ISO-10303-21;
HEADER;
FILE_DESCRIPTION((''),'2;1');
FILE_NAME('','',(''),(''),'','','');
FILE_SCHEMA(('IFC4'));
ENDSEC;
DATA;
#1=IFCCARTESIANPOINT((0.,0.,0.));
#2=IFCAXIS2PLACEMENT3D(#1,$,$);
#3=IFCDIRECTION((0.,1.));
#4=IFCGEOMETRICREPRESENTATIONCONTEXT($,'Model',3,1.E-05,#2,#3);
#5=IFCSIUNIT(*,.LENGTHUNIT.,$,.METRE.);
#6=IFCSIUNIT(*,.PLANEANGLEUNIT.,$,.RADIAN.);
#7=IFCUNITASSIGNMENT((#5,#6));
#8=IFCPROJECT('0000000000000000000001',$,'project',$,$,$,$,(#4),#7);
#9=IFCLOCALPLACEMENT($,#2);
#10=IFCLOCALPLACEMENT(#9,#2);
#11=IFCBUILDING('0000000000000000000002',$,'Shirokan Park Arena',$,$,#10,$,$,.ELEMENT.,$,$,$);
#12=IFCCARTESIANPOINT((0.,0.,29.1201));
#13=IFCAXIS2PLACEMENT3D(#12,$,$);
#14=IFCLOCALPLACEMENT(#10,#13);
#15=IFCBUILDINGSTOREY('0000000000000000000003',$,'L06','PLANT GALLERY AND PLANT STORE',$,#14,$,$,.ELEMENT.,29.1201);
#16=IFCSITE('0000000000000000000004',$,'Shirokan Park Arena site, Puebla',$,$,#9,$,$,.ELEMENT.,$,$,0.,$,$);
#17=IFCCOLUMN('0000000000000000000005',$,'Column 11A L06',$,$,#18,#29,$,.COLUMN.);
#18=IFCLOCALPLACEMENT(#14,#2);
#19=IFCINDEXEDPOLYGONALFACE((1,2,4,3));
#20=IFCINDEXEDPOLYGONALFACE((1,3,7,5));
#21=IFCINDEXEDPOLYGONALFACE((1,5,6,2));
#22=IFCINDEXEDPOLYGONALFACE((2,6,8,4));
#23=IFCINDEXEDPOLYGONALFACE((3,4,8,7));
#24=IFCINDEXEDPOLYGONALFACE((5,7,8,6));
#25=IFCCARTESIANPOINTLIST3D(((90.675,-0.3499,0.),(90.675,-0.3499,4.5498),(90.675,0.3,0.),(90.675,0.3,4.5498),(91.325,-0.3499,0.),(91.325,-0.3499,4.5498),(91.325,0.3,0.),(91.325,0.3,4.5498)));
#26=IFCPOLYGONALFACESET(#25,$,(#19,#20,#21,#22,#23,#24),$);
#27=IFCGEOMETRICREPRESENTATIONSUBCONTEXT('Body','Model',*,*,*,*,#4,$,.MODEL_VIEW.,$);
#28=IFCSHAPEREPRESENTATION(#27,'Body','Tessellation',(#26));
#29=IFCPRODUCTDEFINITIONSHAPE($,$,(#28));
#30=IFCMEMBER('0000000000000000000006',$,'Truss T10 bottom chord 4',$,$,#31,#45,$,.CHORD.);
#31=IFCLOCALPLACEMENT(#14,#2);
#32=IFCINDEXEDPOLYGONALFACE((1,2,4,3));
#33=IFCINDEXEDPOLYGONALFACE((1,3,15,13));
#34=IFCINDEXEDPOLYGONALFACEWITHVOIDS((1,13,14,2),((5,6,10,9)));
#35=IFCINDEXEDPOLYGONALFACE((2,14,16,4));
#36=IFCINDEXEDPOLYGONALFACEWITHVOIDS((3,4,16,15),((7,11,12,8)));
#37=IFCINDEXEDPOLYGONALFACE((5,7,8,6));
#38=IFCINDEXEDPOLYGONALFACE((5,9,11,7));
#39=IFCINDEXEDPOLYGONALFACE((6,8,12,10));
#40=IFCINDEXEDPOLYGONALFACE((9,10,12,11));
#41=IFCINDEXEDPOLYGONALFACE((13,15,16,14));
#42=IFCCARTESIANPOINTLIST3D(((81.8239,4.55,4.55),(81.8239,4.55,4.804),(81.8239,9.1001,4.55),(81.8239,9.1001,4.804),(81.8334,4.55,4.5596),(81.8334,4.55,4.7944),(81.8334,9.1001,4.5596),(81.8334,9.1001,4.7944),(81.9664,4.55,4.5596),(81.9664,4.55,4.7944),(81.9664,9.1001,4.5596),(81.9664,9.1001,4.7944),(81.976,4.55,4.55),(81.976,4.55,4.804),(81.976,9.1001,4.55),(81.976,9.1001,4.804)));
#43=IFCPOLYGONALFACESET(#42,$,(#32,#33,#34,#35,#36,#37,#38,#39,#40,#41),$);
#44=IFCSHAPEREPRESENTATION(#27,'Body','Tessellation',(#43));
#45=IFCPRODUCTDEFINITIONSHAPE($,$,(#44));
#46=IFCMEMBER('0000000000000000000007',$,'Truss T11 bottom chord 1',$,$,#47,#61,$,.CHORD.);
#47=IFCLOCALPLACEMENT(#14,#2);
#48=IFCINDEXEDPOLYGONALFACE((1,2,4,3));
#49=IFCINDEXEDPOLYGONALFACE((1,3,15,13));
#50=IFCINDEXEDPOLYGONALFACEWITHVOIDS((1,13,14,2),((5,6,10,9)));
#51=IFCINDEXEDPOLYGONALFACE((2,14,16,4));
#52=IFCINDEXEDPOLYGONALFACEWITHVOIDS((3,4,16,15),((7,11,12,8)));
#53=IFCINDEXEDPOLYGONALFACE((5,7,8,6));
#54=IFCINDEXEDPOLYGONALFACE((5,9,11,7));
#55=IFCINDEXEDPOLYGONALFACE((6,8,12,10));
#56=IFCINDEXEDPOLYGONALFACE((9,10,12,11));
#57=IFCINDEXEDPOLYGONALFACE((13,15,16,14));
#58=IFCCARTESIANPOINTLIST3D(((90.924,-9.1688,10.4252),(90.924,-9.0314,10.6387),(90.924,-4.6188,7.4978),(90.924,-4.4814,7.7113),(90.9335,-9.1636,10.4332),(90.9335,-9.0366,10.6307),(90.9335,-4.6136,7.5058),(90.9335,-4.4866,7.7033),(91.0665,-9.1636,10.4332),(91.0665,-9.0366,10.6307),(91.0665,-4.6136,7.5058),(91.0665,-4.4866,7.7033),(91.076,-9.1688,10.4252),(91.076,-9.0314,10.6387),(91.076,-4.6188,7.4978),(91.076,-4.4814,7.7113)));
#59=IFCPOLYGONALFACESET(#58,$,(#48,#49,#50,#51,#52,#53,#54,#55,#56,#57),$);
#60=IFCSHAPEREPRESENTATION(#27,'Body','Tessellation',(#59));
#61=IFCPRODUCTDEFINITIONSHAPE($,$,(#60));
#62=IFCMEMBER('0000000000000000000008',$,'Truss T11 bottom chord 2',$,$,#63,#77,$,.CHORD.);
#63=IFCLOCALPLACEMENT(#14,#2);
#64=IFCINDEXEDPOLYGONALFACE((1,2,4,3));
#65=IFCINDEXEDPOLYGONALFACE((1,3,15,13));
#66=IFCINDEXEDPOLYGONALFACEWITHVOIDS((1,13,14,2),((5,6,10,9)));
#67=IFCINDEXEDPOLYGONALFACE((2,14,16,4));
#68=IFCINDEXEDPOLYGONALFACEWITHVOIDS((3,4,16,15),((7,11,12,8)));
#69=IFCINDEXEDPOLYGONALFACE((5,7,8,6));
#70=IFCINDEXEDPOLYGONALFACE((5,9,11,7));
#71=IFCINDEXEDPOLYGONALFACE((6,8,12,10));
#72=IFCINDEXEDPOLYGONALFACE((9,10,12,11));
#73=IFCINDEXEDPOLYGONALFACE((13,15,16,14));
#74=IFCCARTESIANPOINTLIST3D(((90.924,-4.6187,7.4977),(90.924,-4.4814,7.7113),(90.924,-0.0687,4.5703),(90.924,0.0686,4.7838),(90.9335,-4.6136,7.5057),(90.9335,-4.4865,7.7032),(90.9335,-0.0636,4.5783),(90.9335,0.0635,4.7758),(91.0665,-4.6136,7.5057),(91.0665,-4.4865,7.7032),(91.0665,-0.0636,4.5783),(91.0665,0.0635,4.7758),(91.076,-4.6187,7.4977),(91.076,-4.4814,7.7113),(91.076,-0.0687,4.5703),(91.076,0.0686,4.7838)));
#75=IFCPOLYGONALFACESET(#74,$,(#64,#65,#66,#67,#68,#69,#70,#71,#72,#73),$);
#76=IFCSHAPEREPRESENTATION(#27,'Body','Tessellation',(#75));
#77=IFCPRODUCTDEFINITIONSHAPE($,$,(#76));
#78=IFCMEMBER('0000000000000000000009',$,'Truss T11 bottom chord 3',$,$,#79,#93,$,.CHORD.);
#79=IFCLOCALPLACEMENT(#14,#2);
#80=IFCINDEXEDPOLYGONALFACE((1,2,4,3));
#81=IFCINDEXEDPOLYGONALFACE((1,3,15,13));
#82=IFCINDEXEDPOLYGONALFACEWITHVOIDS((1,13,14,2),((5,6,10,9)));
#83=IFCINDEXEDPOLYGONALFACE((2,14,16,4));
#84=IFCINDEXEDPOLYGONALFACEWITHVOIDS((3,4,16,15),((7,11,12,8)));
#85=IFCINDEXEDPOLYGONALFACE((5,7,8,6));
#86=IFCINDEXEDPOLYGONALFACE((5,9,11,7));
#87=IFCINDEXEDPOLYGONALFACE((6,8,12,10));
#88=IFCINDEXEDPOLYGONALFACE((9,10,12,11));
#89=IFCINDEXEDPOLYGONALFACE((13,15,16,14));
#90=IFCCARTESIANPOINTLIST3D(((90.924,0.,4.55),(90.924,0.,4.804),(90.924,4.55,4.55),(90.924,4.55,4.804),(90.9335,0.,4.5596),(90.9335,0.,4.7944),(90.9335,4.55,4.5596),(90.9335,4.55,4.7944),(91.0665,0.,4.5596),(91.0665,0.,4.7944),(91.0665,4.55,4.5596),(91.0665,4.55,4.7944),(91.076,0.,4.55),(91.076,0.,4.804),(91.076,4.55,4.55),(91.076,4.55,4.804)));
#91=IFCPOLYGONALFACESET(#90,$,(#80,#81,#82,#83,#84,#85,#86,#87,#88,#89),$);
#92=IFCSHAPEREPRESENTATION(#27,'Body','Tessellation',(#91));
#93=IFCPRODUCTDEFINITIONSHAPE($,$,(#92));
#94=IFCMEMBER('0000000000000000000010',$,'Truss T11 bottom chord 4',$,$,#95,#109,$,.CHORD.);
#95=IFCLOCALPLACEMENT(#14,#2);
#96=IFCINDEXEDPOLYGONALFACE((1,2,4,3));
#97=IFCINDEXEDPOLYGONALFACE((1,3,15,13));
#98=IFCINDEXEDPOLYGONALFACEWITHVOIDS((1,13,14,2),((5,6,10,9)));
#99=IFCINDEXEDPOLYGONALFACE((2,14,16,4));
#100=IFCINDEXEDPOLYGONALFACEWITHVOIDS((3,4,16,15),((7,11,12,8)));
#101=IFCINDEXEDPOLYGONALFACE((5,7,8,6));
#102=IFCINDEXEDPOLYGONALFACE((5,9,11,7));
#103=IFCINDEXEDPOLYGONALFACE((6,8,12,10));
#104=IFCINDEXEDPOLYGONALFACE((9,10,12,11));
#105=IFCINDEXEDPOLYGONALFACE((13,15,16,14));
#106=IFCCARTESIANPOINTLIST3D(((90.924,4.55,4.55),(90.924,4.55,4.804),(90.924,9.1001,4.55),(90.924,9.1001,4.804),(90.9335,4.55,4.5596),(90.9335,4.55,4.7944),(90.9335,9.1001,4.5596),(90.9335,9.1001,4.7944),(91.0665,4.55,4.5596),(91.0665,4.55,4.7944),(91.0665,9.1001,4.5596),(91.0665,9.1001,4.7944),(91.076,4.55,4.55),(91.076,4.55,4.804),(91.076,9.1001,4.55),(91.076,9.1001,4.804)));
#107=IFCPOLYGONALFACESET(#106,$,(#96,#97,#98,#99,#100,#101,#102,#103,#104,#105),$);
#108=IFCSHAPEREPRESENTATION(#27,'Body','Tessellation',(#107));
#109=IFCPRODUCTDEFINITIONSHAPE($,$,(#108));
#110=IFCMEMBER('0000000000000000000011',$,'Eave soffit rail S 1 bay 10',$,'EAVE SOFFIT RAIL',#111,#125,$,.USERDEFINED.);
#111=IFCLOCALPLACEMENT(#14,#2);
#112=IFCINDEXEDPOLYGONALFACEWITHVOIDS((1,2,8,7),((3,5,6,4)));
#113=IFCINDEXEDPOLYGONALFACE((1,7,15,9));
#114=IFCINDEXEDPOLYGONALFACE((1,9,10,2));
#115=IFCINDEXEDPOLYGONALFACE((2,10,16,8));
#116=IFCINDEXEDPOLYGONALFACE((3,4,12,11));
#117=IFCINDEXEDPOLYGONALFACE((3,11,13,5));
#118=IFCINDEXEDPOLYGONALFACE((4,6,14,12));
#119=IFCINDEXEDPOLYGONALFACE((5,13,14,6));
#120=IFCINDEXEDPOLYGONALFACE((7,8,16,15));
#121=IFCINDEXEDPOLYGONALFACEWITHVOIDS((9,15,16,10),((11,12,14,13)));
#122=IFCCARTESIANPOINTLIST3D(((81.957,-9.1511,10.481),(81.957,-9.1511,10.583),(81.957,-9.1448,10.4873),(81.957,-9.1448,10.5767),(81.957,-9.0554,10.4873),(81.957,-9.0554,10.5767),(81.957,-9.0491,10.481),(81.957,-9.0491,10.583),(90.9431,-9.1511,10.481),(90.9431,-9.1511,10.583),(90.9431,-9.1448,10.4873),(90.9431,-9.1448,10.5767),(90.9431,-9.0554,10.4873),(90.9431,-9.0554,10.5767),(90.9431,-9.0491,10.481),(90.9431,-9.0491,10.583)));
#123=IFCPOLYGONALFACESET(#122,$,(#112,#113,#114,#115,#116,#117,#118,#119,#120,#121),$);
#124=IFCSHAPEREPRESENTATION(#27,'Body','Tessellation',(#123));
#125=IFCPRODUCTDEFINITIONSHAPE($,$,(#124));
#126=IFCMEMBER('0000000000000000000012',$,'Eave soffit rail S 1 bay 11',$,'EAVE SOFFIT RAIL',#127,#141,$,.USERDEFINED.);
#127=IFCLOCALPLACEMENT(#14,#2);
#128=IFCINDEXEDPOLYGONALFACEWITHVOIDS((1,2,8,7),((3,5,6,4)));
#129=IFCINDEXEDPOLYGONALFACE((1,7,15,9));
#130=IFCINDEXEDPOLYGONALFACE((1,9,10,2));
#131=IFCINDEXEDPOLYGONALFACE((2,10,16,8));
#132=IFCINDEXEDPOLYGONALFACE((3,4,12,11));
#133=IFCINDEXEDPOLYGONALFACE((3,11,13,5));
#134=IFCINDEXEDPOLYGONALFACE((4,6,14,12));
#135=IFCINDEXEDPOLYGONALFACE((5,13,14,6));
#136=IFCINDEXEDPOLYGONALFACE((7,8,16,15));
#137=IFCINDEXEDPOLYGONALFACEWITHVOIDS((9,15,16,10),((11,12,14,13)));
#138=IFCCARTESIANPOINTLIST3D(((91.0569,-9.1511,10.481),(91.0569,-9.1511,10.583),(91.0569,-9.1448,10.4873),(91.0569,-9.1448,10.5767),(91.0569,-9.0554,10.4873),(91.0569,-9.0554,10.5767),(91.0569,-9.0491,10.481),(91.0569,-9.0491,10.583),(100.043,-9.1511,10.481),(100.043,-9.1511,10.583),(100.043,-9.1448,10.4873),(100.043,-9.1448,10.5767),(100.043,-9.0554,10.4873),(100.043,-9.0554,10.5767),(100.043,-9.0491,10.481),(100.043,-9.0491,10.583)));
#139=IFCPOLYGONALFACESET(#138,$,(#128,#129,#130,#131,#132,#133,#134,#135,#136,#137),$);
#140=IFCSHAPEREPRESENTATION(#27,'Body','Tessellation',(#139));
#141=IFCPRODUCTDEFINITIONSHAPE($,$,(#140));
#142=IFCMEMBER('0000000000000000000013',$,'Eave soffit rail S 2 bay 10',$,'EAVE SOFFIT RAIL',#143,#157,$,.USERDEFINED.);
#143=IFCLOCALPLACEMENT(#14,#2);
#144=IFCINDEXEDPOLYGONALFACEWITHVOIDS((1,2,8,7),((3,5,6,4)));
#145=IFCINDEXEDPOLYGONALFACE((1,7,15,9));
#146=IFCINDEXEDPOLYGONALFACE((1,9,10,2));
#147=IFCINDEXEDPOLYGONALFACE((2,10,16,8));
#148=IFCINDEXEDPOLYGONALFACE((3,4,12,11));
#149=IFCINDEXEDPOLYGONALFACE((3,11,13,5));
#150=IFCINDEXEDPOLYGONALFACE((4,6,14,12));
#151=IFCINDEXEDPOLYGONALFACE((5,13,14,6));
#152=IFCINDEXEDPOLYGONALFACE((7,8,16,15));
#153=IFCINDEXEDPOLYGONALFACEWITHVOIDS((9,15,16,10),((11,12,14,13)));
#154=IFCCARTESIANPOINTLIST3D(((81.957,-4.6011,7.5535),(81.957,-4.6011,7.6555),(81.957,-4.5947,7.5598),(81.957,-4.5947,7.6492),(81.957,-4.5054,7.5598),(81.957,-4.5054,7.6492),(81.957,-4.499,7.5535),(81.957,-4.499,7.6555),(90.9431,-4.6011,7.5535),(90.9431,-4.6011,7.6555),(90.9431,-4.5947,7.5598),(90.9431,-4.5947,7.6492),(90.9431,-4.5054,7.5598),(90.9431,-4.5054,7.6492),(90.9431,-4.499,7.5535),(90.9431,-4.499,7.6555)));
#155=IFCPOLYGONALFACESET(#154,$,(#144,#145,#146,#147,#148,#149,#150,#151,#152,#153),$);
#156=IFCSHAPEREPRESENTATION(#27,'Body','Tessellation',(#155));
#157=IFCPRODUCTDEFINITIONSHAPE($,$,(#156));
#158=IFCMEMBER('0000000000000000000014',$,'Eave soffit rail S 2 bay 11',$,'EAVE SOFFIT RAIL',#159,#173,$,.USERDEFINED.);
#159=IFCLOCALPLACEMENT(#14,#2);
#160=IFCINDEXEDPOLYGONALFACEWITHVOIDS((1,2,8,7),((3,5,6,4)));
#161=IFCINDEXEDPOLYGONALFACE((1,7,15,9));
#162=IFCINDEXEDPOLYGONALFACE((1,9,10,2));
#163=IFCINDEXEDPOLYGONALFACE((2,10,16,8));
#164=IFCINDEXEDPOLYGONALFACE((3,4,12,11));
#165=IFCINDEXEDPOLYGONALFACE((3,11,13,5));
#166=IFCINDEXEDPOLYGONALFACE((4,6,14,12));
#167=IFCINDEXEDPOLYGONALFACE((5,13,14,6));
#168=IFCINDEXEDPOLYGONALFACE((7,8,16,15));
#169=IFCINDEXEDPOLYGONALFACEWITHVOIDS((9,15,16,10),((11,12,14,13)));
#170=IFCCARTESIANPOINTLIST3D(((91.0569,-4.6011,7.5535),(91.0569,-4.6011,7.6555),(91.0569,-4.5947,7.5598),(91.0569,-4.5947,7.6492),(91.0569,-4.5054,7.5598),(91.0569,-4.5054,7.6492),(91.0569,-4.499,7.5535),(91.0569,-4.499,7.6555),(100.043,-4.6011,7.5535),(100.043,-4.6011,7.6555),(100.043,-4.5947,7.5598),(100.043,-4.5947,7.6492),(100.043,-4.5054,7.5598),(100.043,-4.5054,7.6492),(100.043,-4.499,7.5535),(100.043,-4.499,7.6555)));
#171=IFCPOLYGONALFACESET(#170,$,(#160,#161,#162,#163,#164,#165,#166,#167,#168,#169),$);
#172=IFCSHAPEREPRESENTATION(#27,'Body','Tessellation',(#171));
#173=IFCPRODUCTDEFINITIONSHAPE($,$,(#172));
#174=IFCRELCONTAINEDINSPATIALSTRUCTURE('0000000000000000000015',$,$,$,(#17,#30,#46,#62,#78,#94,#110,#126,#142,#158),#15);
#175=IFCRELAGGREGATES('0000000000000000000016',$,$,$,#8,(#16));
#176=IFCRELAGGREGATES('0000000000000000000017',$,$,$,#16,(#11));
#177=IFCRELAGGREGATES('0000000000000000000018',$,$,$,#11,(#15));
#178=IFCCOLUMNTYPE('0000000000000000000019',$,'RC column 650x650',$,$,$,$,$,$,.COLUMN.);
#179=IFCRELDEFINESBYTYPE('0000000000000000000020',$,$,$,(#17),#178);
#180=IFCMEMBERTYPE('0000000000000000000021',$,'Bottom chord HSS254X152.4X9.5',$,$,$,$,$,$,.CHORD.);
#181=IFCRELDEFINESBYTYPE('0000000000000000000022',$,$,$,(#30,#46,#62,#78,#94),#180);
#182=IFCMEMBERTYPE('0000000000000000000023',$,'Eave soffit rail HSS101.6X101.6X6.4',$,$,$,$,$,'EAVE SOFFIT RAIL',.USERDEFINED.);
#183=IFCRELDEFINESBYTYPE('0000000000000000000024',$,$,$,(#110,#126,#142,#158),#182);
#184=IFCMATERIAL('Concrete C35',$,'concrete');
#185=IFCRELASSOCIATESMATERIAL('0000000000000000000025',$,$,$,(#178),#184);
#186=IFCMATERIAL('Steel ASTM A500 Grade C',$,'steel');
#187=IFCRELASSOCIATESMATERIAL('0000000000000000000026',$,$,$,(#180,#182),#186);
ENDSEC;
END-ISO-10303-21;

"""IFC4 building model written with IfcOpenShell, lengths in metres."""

from ifc_helpers import new_model, si_unit, direction, frame, origin, origin_2d, place, context, subcontext, project, spatial, rectangle, hollow_rectangle, extrude, material, material_profile, profile_set, type_object, element, save


model = new_model("IFC4")

# Units and contexts
model_context = context("Model", 3, precision=1e-05, world=origin(), true_north=direction((0.0, 1.0)))
body_context = subcontext(model_context, "Body", "Model", "MODEL_VIEW")
ifc_project = project(units=[si_unit("LENGTHUNIT", "METRE"), si_unit("PLANEANGLEUNIT", "RADIAN")], contexts=[model_context])

# Site, building, storey
site_placement = place(None, origin())
site = spatial("IfcSite", under=ifc_project, at=site_placement, Name="Shirokan Park Arena site, Puebla", CompositionType="ELEMENT", RefElevation=0.0)
building_placement = place(site_placement, origin())
building = spatial("IfcBuilding", under=site, at=building_placement, Name="Shirokan Park Arena", CompositionType="ELEMENT")
storey_placement = place(building_placement, frame((0.0, 0.0, 29.1201)))
storey = spatial("IfcBuildingStorey", under=building, at=storey_placement, Name="L06", Description="PLANT GALLERY AND PLANT STORE", CompositionType="ELEMENT", Elevation=29.1201)

# Column
ifc_material_1 = material(Name="Concrete C35", Category="concrete")
ifc_material_profile_1 = material_profile(ifc_material_1, rectangle(XDim=0.6499, YDim=0.6499, at=origin_2d()), Name="650x650")
ifc_profile_set_1 = profile_set([ifc_material_profile_1], Name="Concrete C35")
column_type = type_object("IfcColumnType", Name="RC column 650x650", PredefinedType="COLUMN", material=ifc_profile_set_1)
column_placement = place(storey_placement, frame((91.0, -0.0249, 0.0), z_axis=(0.0, 0.0, 1.0), x_axis=(1.0, 0.0, 0.0)))
element("IfcColumn", 1, at=column_placement, inside=storey, type_object=column_type, Name="Column 11A L06", PredefinedType="COLUMN", context=body_context, shape_type="SweptSolid", body=[
    extrude(rectangle(XDim=0.6499, YDim=0.6499, at=origin_2d()), origin(), (0.0, 0.0, 1.0), 4.5498),
])

# Members
ifc_material_2 = material(Name="Steel ASTM A500 Grade C", Category="steel")
ifc_material_profile_2 = material_profile(ifc_material_2, hollow_rectangle(XDim=0.1521, YDim=0.2539, WallThickness=0.0095, at=origin_2d()), Name="HSS254X152.4X9.5")
ifc_profile_set_2 = profile_set([ifc_material_profile_2], Name="Steel ASTM A500 Grade C")
member_type_1 = type_object("IfcMemberType", Name="Bottom chord HSS254X152.4X9.5", PredefinedType="CHORD", material=ifc_profile_set_2)
member_1_placement = place(storey_placement, frame((81.8999, 4.55, 4.677), z_axis=(0.0, 1.0, 0.0), x_axis=(-1.0, 0.0, 0.0)))
element("IfcMember", 2, at=member_1_placement, inside=storey, type_object=member_type_1, Name="Truss T10 bottom chord 4", PredefinedType="CHORD", context=body_context, shape_type="SweptSolid", body=[
    extrude(hollow_rectangle(XDim=0.1521, YDim=0.2539, WallThickness=0.0095, at=origin_2d()), origin(), (0.0, 0.0, 1.0), 4.55),
])
for number, where, z_axis, x_axis, name in (
    (3, (91.0, -9.1001, 10.532), (0.0, 0.840972, -0.541079), (-1.0, 0.0, 0.0), "Truss T11 bottom chord 1"),
    (4, (91.0, -4.55, 7.6045), (0.0, 0.840972, -0.541079), (-1.0, 0.0, 0.0), "Truss T11 bottom chord 2"),
):
    element("IfcMember", number, at=place(storey_placement, frame(where, z_axis=z_axis, x_axis=x_axis)), inside=storey, type_object=member_type_1, Name=name, PredefinedType="CHORD", context=body_context, shape_type="SweptSolid", body=[
        extrude(hollow_rectangle(XDim=0.1521, YDim=0.2539, WallThickness=0.0095, at=origin_2d()), origin(), (0.0, 0.0, 1.0), 5.4104),
    ])
for number, where, z_axis, x_axis, name in (
    (5, (91.0, 0.0, 4.677), (0.0, 1.0, 0.0), (-1.0, 0.0, 0.0), "Truss T11 bottom chord 3"),
    (6, (91.0, 4.55, 4.677), (0.0, 1.0, 0.0), (-1.0, 0.0, 0.0), "Truss T11 bottom chord 4"),
):
    element("IfcMember", number, at=place(storey_placement, frame(where, z_axis=z_axis, x_axis=x_axis)), inside=storey, type_object=member_type_1, Name=name, PredefinedType="CHORD", context=body_context, shape_type="SweptSolid", body=[
        extrude(hollow_rectangle(XDim=0.1521, YDim=0.2539, WallThickness=0.0095, at=origin_2d()), origin(), (0.0, 0.0, 1.0), 4.55),
    ])
ifc_material_profile_3 = material_profile(ifc_material_2, hollow_rectangle(XDim=0.1021, YDim=0.1021, WallThickness=0.0063, at=origin_2d()), Name="HSS101.6X101.6X6.4")
ifc_profile_set_3 = profile_set([ifc_material_profile_3], Name="Steel ASTM A500 Grade C")
member_type_2 = type_object("IfcMemberType", Name="Eave soffit rail HSS101.6X101.6X6.4", ElementType="EAVE SOFFIT RAIL", PredefinedType="USERDEFINED", material=ifc_profile_set_3)
for number, where, z_axis, x_axis, name in (
    (7, (81.957, -9.1001, 10.532), (1.0, 0.0, 0.0), (0.0, 1.0, 0.0), "Eave soffit rail S 1 bay 10"),
    (8, (91.0569, -9.1001, 10.532), (1.0, 0.0, 0.0), (0.0, 1.0, 0.0), "Eave soffit rail S 1 bay 11"),
    (9, (81.957, -4.55, 7.6045), (1.0, 0.0, 0.0), (0.0, 1.0, 0.0), "Eave soffit rail S 2 bay 10"),
    (10, (91.0569, -4.55, 7.6045), (1.0, 0.0, 0.0), (0.0, 1.0, 0.0), "Eave soffit rail S 2 bay 11"),
):
    element("IfcMember", number, at=place(storey_placement, frame(where, z_axis=z_axis, x_axis=x_axis)), inside=storey, type_object=member_type_2, Name=name, ObjectType="EAVE SOFFIT RAIL", PredefinedType="USERDEFINED", context=body_context, shape_type="SweptSolid", body=[
        extrude(hollow_rectangle(XDim=0.1021, YDim=0.1021, WallThickness=0.0063, at=origin_2d()), origin(), (0.0, 0.0, 1.0), 8.9861),
    ])

save(model, "model.ifc")
